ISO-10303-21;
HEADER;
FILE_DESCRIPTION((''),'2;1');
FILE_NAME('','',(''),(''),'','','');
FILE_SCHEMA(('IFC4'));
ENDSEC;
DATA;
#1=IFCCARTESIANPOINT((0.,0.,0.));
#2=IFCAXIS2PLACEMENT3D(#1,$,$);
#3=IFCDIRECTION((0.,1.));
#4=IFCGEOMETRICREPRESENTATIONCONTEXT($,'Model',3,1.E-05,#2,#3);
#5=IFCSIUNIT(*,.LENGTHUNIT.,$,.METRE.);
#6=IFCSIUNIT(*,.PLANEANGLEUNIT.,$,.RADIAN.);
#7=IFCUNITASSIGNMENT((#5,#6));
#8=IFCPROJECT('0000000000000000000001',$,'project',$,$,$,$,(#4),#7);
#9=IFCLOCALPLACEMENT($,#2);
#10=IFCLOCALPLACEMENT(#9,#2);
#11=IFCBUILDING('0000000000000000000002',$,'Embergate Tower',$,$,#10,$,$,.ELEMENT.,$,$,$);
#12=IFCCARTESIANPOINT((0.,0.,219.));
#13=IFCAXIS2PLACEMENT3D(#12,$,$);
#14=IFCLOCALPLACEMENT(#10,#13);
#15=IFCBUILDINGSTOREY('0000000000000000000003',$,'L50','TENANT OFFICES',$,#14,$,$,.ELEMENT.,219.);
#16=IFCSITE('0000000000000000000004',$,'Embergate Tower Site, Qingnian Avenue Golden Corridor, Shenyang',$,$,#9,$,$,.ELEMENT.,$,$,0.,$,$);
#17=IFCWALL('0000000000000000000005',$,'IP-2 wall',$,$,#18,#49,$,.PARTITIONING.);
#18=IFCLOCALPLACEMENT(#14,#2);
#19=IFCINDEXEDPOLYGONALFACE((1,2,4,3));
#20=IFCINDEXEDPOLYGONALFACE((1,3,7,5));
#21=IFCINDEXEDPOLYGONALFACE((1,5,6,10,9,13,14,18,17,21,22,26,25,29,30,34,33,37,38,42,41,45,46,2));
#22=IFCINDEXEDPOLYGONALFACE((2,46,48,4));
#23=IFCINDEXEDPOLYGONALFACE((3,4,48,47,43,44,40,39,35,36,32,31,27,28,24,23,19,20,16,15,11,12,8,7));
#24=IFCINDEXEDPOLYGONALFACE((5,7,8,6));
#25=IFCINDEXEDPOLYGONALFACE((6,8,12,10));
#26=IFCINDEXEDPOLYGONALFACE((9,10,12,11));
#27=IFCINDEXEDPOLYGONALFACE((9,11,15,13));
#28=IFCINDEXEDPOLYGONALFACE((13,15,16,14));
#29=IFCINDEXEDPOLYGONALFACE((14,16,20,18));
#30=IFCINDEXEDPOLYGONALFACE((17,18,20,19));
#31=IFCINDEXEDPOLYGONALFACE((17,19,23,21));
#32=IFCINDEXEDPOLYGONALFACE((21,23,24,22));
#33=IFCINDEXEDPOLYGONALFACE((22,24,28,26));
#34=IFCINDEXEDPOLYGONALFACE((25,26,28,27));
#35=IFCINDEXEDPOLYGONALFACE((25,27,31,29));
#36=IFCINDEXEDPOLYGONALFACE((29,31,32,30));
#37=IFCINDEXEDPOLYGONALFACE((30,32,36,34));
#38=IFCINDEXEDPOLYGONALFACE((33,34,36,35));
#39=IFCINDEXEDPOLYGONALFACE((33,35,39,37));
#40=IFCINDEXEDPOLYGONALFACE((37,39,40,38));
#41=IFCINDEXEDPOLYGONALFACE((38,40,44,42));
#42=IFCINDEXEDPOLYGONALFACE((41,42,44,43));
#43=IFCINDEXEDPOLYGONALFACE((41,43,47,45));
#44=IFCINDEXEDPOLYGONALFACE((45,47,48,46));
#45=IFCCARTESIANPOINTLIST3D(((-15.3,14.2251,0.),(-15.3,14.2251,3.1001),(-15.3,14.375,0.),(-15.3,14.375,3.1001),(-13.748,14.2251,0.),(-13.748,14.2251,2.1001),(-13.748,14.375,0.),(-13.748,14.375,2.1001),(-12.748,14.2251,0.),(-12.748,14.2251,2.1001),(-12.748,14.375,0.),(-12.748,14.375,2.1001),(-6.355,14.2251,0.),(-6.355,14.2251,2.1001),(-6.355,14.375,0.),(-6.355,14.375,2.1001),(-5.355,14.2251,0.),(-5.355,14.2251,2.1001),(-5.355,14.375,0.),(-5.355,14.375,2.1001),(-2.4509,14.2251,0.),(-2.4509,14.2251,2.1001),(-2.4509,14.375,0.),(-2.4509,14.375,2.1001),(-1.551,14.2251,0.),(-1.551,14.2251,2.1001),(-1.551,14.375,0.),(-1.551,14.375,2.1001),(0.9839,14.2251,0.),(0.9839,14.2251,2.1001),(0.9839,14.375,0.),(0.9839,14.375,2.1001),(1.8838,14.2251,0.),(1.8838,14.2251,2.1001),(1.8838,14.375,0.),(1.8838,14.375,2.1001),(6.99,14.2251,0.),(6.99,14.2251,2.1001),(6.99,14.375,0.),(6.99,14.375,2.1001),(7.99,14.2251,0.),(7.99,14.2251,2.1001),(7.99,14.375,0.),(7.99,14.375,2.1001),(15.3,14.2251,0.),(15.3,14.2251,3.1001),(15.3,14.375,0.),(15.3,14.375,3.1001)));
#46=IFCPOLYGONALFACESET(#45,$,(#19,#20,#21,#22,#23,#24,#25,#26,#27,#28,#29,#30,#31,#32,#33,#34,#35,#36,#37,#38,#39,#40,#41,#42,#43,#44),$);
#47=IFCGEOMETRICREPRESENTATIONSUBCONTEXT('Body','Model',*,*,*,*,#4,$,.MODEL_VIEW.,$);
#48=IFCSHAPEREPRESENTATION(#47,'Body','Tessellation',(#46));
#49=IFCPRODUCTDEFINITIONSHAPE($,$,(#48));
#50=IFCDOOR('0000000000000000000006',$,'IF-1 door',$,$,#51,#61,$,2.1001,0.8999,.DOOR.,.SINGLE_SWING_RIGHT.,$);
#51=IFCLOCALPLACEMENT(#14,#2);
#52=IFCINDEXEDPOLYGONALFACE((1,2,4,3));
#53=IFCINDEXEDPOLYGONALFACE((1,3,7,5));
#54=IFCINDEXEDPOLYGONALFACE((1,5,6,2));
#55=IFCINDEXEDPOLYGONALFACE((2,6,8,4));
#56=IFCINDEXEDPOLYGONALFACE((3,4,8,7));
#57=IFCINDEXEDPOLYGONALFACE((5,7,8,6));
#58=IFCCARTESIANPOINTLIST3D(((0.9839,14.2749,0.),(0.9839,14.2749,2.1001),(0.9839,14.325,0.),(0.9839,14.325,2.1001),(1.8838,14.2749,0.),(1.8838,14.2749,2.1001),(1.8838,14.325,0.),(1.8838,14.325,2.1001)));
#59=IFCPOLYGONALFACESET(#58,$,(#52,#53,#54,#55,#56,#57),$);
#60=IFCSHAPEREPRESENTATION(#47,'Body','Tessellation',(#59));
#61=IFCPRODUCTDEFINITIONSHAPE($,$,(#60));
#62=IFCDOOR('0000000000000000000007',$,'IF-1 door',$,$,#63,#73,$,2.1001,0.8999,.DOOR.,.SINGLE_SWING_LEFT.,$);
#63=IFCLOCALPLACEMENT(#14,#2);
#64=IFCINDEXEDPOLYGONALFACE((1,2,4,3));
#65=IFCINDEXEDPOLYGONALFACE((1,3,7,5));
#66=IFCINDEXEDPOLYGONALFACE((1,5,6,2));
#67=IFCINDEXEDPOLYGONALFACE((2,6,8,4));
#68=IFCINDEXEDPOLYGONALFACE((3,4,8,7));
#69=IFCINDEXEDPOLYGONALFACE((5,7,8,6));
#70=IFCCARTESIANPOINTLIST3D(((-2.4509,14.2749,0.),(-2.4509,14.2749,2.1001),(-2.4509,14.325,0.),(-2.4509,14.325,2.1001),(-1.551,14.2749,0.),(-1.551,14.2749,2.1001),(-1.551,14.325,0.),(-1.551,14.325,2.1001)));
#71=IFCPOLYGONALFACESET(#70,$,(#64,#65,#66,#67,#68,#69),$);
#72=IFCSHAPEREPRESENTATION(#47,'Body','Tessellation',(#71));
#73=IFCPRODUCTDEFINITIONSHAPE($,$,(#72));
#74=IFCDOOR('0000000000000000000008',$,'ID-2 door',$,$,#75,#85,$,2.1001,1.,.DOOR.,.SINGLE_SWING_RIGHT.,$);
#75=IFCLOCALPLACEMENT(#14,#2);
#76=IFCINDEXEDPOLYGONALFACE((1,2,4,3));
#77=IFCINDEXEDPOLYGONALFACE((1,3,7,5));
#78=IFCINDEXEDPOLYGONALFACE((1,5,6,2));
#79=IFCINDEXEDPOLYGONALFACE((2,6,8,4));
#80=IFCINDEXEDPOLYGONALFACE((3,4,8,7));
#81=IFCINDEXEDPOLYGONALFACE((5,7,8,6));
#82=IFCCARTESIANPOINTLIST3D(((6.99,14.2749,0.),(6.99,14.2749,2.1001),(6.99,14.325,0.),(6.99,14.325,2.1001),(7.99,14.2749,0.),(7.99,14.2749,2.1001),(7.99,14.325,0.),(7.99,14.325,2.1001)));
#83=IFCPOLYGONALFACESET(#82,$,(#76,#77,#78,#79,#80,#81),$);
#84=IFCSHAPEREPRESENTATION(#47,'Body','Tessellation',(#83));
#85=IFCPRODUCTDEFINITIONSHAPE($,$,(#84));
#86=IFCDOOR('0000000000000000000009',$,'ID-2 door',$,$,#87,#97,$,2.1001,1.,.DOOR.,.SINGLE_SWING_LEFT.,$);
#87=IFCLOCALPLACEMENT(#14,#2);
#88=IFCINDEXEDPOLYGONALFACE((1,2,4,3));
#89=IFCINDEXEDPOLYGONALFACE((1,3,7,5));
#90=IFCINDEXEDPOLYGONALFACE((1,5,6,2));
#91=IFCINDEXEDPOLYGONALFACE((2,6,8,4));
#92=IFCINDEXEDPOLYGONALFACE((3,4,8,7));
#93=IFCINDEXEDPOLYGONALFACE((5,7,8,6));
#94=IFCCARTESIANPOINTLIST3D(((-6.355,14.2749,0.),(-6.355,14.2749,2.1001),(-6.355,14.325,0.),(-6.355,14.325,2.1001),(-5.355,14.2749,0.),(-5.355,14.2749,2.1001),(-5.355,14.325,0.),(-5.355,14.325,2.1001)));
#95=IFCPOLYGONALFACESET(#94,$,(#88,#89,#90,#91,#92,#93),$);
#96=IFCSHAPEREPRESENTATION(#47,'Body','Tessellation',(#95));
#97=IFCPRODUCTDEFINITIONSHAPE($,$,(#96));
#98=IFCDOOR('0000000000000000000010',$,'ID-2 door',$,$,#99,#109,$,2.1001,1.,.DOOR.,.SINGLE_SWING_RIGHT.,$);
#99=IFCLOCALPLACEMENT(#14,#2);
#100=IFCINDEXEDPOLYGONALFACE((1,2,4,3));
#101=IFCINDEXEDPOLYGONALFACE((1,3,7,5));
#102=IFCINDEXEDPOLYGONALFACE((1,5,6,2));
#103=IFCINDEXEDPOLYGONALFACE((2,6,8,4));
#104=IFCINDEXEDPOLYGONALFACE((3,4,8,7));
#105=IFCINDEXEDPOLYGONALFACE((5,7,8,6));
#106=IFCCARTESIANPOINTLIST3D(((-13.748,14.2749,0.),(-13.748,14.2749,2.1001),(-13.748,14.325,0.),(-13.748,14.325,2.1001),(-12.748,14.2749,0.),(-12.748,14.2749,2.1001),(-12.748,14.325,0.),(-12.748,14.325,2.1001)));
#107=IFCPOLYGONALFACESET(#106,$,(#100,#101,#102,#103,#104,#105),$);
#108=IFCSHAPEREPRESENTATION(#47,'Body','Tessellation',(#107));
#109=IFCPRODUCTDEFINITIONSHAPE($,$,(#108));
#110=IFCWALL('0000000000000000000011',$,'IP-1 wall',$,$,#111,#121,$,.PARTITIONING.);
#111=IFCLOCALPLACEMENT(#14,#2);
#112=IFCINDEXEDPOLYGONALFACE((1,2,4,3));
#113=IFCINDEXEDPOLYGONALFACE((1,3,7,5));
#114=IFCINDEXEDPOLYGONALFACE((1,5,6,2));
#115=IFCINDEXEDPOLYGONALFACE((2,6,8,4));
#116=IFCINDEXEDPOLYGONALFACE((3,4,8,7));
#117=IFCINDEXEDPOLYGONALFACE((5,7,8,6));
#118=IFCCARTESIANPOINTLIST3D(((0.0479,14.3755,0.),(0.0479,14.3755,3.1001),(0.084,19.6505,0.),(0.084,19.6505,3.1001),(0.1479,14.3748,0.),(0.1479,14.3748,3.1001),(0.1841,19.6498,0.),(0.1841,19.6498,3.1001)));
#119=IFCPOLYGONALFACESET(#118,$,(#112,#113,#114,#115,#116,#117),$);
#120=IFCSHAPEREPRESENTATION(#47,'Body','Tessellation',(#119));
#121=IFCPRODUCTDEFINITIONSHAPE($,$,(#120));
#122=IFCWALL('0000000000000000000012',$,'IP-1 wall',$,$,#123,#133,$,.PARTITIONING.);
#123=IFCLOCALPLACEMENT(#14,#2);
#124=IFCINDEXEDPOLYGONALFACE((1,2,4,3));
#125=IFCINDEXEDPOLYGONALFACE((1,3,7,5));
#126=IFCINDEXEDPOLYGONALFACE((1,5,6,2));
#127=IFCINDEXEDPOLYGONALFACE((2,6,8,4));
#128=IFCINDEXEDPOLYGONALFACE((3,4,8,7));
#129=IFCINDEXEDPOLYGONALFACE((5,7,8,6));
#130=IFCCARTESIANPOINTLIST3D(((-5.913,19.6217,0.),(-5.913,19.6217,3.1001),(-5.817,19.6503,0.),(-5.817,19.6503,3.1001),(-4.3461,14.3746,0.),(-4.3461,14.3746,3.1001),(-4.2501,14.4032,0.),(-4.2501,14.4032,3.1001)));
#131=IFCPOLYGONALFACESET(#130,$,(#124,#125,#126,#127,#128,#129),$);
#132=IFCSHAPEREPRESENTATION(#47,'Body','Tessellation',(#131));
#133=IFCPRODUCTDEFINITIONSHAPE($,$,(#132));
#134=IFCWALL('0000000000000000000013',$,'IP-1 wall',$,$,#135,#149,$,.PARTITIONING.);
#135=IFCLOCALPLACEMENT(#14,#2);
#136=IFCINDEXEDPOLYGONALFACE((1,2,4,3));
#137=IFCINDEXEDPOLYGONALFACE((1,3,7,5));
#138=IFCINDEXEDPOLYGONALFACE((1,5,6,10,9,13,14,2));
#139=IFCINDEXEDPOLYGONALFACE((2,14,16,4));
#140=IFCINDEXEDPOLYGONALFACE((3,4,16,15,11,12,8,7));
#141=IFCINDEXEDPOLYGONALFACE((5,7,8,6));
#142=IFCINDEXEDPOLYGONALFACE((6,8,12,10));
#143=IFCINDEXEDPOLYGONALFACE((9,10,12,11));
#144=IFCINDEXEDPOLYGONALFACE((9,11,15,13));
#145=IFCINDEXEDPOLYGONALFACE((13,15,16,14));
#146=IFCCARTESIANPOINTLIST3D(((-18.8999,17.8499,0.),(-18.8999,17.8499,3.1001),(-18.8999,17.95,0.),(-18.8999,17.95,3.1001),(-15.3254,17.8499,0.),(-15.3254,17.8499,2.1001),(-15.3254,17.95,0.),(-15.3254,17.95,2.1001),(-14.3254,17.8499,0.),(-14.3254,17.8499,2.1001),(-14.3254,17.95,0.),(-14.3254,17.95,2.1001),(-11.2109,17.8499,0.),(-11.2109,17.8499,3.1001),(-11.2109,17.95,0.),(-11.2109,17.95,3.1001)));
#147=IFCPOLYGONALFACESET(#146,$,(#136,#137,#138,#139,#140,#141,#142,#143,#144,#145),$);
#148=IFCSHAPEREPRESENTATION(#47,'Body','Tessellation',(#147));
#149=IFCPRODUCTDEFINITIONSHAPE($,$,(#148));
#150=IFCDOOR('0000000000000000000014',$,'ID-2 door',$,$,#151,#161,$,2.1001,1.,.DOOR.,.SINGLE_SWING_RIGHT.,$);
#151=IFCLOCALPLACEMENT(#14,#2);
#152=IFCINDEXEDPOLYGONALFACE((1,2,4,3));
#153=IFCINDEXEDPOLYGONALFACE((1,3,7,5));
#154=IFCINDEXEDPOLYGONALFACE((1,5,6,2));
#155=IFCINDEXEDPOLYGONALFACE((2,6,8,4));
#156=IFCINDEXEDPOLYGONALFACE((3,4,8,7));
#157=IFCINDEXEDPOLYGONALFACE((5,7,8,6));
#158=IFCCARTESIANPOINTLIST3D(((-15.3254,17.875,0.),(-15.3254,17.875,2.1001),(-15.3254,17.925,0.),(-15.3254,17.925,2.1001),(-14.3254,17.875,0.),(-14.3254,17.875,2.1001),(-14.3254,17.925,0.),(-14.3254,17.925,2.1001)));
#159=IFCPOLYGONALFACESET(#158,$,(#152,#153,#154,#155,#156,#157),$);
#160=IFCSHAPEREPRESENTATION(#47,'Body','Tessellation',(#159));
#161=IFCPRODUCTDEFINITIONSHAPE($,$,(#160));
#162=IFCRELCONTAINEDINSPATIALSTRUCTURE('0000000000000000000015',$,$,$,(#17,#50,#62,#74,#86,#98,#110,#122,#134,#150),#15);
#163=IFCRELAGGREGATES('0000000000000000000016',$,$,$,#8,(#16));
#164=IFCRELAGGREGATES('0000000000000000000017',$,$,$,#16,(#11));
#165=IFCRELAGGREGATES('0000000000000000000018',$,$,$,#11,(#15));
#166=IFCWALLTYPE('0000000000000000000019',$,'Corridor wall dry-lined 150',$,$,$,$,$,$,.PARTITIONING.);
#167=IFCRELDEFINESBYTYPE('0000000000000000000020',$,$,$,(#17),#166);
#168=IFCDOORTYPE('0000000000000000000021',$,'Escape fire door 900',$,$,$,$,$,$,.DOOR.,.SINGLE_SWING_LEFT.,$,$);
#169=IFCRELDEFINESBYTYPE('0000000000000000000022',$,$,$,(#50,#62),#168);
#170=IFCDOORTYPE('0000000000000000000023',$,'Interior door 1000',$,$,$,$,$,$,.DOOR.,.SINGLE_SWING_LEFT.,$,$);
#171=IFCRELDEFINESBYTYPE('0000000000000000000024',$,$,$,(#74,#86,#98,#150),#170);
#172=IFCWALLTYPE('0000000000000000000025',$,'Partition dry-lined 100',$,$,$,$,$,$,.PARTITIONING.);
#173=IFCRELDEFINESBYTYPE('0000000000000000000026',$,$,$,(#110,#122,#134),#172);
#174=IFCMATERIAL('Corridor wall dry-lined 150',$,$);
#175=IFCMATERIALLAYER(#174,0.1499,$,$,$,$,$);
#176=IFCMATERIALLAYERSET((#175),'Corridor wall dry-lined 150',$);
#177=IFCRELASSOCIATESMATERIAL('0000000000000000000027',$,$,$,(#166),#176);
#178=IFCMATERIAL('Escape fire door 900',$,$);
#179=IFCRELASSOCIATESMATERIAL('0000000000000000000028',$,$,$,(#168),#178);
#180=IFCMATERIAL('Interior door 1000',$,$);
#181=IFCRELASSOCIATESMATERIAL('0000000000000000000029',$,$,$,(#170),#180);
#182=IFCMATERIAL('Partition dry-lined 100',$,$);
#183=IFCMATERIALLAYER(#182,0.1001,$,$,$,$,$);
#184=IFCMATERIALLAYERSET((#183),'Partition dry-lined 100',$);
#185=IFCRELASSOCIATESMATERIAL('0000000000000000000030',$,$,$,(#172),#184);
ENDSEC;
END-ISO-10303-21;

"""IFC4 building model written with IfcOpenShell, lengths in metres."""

from ifc_helpers import new_model, si_unit, direction, frame, frame_2d, origin, place, context, subcontext, project, spatial, rectangle, extrude, source, transform, mapped, material, layer, layer_set, type_object, element, fill, save


model = new_model("IFC4")

# Units and contexts
model_context = context("Model", 3, precision=1e-05, world=origin(), true_north=direction((0.0, 1.0)))
body_context = subcontext(model_context, "Body", "Model", "MODEL_VIEW")
ifc_project = project(units=[si_unit("LENGTHUNIT", "METRE"), si_unit("PLANEANGLEUNIT", "RADIAN")], contexts=[model_context])

# Site, building, storey
site_placement = place(None, origin())
site = spatial("IfcSite", under=ifc_project, at=site_placement, Name="Embergate Tower Site, Qingnian Avenue Golden Corridor, Shenyang", CompositionType="ELEMENT", RefElevation=0.0)
building_placement = place(site_placement, origin())
building = spatial("IfcBuilding", under=site, at=building_placement, Name="Embergate Tower", CompositionType="ELEMENT")
storey_placement = place(building_placement, frame((0.0, 0.0, 219.0)))
storey = spatial("IfcBuildingStorey", under=building, at=storey_placement, Name="L50", Description="TENANT OFFICES", CompositionType="ELEMENT", Elevation=219.0)

# Wall, openings, doors
ifc_material_1 = material(Name="Corridor wall dry-lined 150")
ifc_layer_1 = layer(ifc_material_1, 0.1499)
ifc_layer_set_1 = layer_set([ifc_layer_1], Name="Corridor wall dry-lined 150")
wall_type_1 = type_object("IfcWallType", Name="Corridor wall dry-lined 150", PredefinedType="PARTITIONING", material=ifc_layer_set_1)
shared_shape_1 = source(origin(), body_context, "Body", "SweptSolid", [
    extrude(rectangle(XDim=30.6001, YDim=0.1499, at=frame_2d((15.3, 0.0))), origin(), (0.0, 0.0, 1.0), 3.1001),
])
wall_1_placement = place(storey_placement, frame((-15.3, 14.3, 0.0), z_axis=(0.0, 0.0, 1.0), x_axis=(1.0, 0.0, 0.0)))
wall_1 = element("IfcWall", 1, at=wall_1_placement, inside=storey, type_object=wall_type_1, Name="IP-2 wall", PredefinedType="PARTITIONING", context=body_context, shape_type="MappedRepresentation", body=[
    mapped(shared_shape_1, transform((0.0, 0.0, 0.0))),
])
shared_shape_2 = source(origin(), body_context, "Body", "SweptSolid", [
    extrude(rectangle(XDim=1.0, YDim=2.1001, at=frame_2d((0.5, 1.05))), frame((0.0, 0.085, 0.0), z_axis=(0.0, -1.0, 0.0), x_axis=(1.0, 0.0, 0.0)), (0.0, 0.0, 1.0), 0.1699),
])
opening_1_placement = place(wall_1_placement, frame((22.29, 0.0, 0.0)))
opening_1 = element("IfcOpeningElement", 2, at=opening_1_placement, cuts=wall_1, PredefinedType="OPENING", context=body_context, shape_type="MappedRepresentation", body=[
    mapped(shared_shape_2, transform((0.0, 0.0, 0.0))),
])
shared_shape_3 = source(origin(), body_context, "Body", "SweptSolid", [
    extrude(rectangle(XDim=0.8999, YDim=2.1001, at=frame_2d((0.45, 1.05))), frame((0.0, 0.085, 0.0), z_axis=(0.0, -1.0, 0.0), x_axis=(1.0, 0.0, 0.0)), (0.0, 0.0, 1.0), 0.1699),
])
opening_2_placement = place(wall_1_placement, frame((16.2839, 0.0, 0.0)))
opening_2 = element("IfcOpeningElement", 3, at=opening_2_placement, cuts=wall_1, PredefinedType="OPENING", context=body_context, shape_type="MappedRepresentation", body=[
    mapped(shared_shape_3, transform((0.0, 0.0, 0.0))),
])
opening_3_placement = place(wall_1_placement, frame((12.8491, 0.0, 0.0)))
opening_3 = element("IfcOpeningElement", 4, at=opening_3_placement, cuts=wall_1, PredefinedType="OPENING", context=body_context, shape_type="MappedRepresentation", body=[
    mapped(shared_shape_3, transform((0.0, 0.0, 0.0))),
])
opening_4_placement = place(wall_1_placement, frame((8.9451, 0.0, 0.0)))
opening_4 = element("IfcOpeningElement", 5, at=opening_4_placement, cuts=wall_1, PredefinedType="OPENING", context=body_context, shape_type="MappedRepresentation", body=[
    mapped(shared_shape_2, transform((0.0, 0.0, 0.0))),
])
opening_5_placement = place(wall_1_placement, frame((1.552, 0.0, 0.0)))
opening_5 = element("IfcOpeningElement", 6, at=opening_5_placement, cuts=wall_1, PredefinedType="OPENING", context=body_context, shape_type="MappedRepresentation", body=[
    mapped(shared_shape_2, transform((0.0, 0.0, 0.0))),
])
ifc_material_2 = material(Name="Escape fire door 900")
door_type_1 = type_object("IfcDoorType", Name="Escape fire door 900", OperationType="SINGLE_SWING_LEFT", PredefinedType="DOOR", material=ifc_material_2)
shared_shape_4 = source(origin(), body_context, "Body", "SweptSolid", [
    extrude(rectangle(XDim=0.8999, YDim=2.1001, at=frame_2d((0.45, 1.05))), frame((0.0, 0.0249, 0.0), z_axis=(0.0, -1.0, 0.0), x_axis=(1.0, 0.0, 0.0)), (0.0, 0.0, 1.0), 0.05),
])
door_1_placement = place(opening_2_placement, origin())
door_1 = element("IfcDoor", 7, at=door_1_placement, inside=storey, type_object=door_type_1, Name="IF-1 door", OperationType="SINGLE_SWING_RIGHT", OverallHeight=2.1001, OverallWidth=0.8999, PredefinedType="DOOR", context=body_context, shape_type="MappedRepresentation", body=[
    mapped(shared_shape_4, transform((0.0, 0.0, 0.0))),
])
fill(opening_2, door_1)
door_2_placement = place(opening_3_placement, origin())
door_2 = element("IfcDoor", 8, at=door_2_placement, inside=storey, type_object=door_type_1, Name="IF-1 door", OperationType="SINGLE_SWING_LEFT", OverallHeight=2.1001, OverallWidth=0.8999, PredefinedType="DOOR", context=body_context, shape_type="MappedRepresentation", body=[
    mapped(shared_shape_4, transform((0.0, 0.0, 0.0))),
])
fill(opening_3, door_2)
ifc_material_3 = material(Name="Interior door 1000")
door_type_2 = type_object("IfcDoorType", Name="Interior door 1000", OperationType="SINGLE_SWING_LEFT", PredefinedType="DOOR", material=ifc_material_3)
shared_shape_5 = source(origin(), body_context, "Body", "SweptSolid", [
    extrude(rectangle(XDim=1.0, YDim=2.1001, at=frame_2d((0.5, 1.05))), frame((0.0, 0.0249, 0.0), z_axis=(0.0, -1.0, 0.0), x_axis=(1.0, 0.0, 0.0)), (0.0, 0.0, 1.0), 0.05),
])
door_3_placement = place(opening_1_placement, origin())
door_3 = element("IfcDoor", 9, at=door_3_placement, inside=storey, type_object=door_type_2, Name="ID-2 door", OperationType="SINGLE_SWING_RIGHT", OverallHeight=2.1001, OverallWidth=1.0, PredefinedType="DOOR", context=body_context, shape_type="MappedRepresentation", body=[
    mapped(shared_shape_5, transform((0.0, 0.0, 0.0))),
])
fill(opening_1, door_3)
door_4_placement = place(opening_4_placement, origin())
door_4 = element("IfcDoor", 10, at=door_4_placement, inside=storey, type_object=door_type_2, Name="ID-2 door", OperationType="SINGLE_SWING_LEFT", OverallHeight=2.1001, OverallWidth=1.0, PredefinedType="DOOR", context=body_context, shape_type="MappedRepresentation", body=[
    mapped(shared_shape_5, transform((0.0, 0.0, 0.0))),
])
fill(opening_4, door_4)
door_5_placement = place(opening_5_placement, origin())
door_5 = element("IfcDoor", 11, at=door_5_placement, inside=storey, type_object=door_type_2, Name="ID-2 door", OperationType="SINGLE_SWING_RIGHT", OverallHeight=2.1001, OverallWidth=1.0, PredefinedType="DOOR", context=body_context, shape_type="MappedRepresentation", body=[
    mapped(shared_shape_5, transform((0.0, 0.0, 0.0))),
])
fill(opening_5, door_5)

# Walls
ifc_material_4 = material(Name="Partition dry-lined 100")
ifc_layer_2 = layer(ifc_material_4, 0.1001)
ifc_layer_set_2 = layer_set([ifc_layer_2], Name="Partition dry-lined 100")
wall_type_2 = type_object("IfcWallType", Name="Partition dry-lined 100", PredefinedType="PARTITIONING", material=ifc_layer_set_2)
shared_shape_6 = source(origin(), body_context, "Body", "SweptSolid", [
    extrude(rectangle(XDim=5.2751, YDim=0.1001, at=frame_2d((2.6377, 0.0))), origin(), (0.0, 0.0, 1.0), 3.1001),
])
wall_2_placement = place(storey_placement, frame((0.0979, 14.375, 0.0), z_axis=(0.0, 0.0, 1.0), x_axis=(0.00685, 0.999977, 0.0)))
element("IfcWall", 12, at=wall_2_placement, inside=storey, type_object=wall_type_2, Name="IP-1 wall", PredefinedType="PARTITIONING", context=body_context, shape_type="MappedRepresentation", body=[
    mapped(shared_shape_6, transform((0.0, 0.0, 0.0))),
])
shared_shape_7 = source(origin(), body_context, "Body", "SweptSolid", [
    extrude(rectangle(XDim=5.4761, YDim=0.1001, at=frame_2d((2.738, 0.0))), origin(), (0.0, 0.0, 1.0), 3.1001),
])
wall_3_placement = place(storey_placement, frame((-4.2981, 14.3889, 0.0), z_axis=(0.0, 0.0, 1.0), x_axis=(-0.286137, 0.958189, 0.0)))
element("IfcWall", 13, at=wall_3_placement, inside=storey, type_object=wall_type_2, Name="IP-1 wall", PredefinedType="PARTITIONING", context=body_context, shape_type="MappedRepresentation", body=[
    mapped(shared_shape_7, transform((0.0, 0.0, 0.0))),
])

# Wall, opening, door
shared_shape_8 = source(origin(), body_context, "Body", "SweptSolid", [
    extrude(rectangle(XDim=7.689, YDim=0.1001, at=frame_2d((3.8445, 0.0))), origin(), (0.0, 0.0, 1.0), 3.1001),
])
wall_4_placement = place(storey_placement, frame((-11.2109, 17.8999, 0.0), z_axis=(0.0, 0.0, 1.0), x_axis=(-1.0, 0.0, 0.0)))
wall_4 = element("IfcWall", 14, at=wall_4_placement, inside=storey, type_object=wall_type_2, Name="IP-1 wall", PredefinedType="PARTITIONING", context=body_context, shape_type="MappedRepresentation", body=[
    mapped(shared_shape_8, transform((0.0, 0.0, 0.0))),
])
shared_shape_9 = source(origin(), body_context, "Body", "SweptSolid", [
    extrude(rectangle(XDim=1.0, YDim=2.1001, at=frame_2d((0.5, 1.05))), frame((0.0, 0.0601, 0.0), z_axis=(0.0, -1.0, 0.0), x_axis=(1.0, 0.0, 0.0)), (0.0, 0.0, 1.0), 0.1201),
])
opening_6_placement = place(wall_4_placement, frame((3.1145, 0.0, 0.0)))
opening_6 = element("IfcOpeningElement", 15, at=opening_6_placement, cuts=wall_4, PredefinedType="OPENING", context=body_context, shape_type="MappedRepresentation", body=[
    mapped(shared_shape_9, transform((0.0, 0.0, 0.0))),
])
door_6_placement = place(opening_6_placement, origin())
door_6 = element("IfcDoor", 16, at=door_6_placement, inside=storey, type_object=door_type_2, Name="ID-2 door", OperationType="SINGLE_SWING_RIGHT", OverallHeight=2.1001, OverallWidth=1.0, PredefinedType="DOOR", context=body_context, shape_type="MappedRepresentation", body=[
    mapped(shared_shape_5, transform((0.0, 0.0, 0.0))),
])
fill(opening_6, door_6)

save(model, "model.ifc")
